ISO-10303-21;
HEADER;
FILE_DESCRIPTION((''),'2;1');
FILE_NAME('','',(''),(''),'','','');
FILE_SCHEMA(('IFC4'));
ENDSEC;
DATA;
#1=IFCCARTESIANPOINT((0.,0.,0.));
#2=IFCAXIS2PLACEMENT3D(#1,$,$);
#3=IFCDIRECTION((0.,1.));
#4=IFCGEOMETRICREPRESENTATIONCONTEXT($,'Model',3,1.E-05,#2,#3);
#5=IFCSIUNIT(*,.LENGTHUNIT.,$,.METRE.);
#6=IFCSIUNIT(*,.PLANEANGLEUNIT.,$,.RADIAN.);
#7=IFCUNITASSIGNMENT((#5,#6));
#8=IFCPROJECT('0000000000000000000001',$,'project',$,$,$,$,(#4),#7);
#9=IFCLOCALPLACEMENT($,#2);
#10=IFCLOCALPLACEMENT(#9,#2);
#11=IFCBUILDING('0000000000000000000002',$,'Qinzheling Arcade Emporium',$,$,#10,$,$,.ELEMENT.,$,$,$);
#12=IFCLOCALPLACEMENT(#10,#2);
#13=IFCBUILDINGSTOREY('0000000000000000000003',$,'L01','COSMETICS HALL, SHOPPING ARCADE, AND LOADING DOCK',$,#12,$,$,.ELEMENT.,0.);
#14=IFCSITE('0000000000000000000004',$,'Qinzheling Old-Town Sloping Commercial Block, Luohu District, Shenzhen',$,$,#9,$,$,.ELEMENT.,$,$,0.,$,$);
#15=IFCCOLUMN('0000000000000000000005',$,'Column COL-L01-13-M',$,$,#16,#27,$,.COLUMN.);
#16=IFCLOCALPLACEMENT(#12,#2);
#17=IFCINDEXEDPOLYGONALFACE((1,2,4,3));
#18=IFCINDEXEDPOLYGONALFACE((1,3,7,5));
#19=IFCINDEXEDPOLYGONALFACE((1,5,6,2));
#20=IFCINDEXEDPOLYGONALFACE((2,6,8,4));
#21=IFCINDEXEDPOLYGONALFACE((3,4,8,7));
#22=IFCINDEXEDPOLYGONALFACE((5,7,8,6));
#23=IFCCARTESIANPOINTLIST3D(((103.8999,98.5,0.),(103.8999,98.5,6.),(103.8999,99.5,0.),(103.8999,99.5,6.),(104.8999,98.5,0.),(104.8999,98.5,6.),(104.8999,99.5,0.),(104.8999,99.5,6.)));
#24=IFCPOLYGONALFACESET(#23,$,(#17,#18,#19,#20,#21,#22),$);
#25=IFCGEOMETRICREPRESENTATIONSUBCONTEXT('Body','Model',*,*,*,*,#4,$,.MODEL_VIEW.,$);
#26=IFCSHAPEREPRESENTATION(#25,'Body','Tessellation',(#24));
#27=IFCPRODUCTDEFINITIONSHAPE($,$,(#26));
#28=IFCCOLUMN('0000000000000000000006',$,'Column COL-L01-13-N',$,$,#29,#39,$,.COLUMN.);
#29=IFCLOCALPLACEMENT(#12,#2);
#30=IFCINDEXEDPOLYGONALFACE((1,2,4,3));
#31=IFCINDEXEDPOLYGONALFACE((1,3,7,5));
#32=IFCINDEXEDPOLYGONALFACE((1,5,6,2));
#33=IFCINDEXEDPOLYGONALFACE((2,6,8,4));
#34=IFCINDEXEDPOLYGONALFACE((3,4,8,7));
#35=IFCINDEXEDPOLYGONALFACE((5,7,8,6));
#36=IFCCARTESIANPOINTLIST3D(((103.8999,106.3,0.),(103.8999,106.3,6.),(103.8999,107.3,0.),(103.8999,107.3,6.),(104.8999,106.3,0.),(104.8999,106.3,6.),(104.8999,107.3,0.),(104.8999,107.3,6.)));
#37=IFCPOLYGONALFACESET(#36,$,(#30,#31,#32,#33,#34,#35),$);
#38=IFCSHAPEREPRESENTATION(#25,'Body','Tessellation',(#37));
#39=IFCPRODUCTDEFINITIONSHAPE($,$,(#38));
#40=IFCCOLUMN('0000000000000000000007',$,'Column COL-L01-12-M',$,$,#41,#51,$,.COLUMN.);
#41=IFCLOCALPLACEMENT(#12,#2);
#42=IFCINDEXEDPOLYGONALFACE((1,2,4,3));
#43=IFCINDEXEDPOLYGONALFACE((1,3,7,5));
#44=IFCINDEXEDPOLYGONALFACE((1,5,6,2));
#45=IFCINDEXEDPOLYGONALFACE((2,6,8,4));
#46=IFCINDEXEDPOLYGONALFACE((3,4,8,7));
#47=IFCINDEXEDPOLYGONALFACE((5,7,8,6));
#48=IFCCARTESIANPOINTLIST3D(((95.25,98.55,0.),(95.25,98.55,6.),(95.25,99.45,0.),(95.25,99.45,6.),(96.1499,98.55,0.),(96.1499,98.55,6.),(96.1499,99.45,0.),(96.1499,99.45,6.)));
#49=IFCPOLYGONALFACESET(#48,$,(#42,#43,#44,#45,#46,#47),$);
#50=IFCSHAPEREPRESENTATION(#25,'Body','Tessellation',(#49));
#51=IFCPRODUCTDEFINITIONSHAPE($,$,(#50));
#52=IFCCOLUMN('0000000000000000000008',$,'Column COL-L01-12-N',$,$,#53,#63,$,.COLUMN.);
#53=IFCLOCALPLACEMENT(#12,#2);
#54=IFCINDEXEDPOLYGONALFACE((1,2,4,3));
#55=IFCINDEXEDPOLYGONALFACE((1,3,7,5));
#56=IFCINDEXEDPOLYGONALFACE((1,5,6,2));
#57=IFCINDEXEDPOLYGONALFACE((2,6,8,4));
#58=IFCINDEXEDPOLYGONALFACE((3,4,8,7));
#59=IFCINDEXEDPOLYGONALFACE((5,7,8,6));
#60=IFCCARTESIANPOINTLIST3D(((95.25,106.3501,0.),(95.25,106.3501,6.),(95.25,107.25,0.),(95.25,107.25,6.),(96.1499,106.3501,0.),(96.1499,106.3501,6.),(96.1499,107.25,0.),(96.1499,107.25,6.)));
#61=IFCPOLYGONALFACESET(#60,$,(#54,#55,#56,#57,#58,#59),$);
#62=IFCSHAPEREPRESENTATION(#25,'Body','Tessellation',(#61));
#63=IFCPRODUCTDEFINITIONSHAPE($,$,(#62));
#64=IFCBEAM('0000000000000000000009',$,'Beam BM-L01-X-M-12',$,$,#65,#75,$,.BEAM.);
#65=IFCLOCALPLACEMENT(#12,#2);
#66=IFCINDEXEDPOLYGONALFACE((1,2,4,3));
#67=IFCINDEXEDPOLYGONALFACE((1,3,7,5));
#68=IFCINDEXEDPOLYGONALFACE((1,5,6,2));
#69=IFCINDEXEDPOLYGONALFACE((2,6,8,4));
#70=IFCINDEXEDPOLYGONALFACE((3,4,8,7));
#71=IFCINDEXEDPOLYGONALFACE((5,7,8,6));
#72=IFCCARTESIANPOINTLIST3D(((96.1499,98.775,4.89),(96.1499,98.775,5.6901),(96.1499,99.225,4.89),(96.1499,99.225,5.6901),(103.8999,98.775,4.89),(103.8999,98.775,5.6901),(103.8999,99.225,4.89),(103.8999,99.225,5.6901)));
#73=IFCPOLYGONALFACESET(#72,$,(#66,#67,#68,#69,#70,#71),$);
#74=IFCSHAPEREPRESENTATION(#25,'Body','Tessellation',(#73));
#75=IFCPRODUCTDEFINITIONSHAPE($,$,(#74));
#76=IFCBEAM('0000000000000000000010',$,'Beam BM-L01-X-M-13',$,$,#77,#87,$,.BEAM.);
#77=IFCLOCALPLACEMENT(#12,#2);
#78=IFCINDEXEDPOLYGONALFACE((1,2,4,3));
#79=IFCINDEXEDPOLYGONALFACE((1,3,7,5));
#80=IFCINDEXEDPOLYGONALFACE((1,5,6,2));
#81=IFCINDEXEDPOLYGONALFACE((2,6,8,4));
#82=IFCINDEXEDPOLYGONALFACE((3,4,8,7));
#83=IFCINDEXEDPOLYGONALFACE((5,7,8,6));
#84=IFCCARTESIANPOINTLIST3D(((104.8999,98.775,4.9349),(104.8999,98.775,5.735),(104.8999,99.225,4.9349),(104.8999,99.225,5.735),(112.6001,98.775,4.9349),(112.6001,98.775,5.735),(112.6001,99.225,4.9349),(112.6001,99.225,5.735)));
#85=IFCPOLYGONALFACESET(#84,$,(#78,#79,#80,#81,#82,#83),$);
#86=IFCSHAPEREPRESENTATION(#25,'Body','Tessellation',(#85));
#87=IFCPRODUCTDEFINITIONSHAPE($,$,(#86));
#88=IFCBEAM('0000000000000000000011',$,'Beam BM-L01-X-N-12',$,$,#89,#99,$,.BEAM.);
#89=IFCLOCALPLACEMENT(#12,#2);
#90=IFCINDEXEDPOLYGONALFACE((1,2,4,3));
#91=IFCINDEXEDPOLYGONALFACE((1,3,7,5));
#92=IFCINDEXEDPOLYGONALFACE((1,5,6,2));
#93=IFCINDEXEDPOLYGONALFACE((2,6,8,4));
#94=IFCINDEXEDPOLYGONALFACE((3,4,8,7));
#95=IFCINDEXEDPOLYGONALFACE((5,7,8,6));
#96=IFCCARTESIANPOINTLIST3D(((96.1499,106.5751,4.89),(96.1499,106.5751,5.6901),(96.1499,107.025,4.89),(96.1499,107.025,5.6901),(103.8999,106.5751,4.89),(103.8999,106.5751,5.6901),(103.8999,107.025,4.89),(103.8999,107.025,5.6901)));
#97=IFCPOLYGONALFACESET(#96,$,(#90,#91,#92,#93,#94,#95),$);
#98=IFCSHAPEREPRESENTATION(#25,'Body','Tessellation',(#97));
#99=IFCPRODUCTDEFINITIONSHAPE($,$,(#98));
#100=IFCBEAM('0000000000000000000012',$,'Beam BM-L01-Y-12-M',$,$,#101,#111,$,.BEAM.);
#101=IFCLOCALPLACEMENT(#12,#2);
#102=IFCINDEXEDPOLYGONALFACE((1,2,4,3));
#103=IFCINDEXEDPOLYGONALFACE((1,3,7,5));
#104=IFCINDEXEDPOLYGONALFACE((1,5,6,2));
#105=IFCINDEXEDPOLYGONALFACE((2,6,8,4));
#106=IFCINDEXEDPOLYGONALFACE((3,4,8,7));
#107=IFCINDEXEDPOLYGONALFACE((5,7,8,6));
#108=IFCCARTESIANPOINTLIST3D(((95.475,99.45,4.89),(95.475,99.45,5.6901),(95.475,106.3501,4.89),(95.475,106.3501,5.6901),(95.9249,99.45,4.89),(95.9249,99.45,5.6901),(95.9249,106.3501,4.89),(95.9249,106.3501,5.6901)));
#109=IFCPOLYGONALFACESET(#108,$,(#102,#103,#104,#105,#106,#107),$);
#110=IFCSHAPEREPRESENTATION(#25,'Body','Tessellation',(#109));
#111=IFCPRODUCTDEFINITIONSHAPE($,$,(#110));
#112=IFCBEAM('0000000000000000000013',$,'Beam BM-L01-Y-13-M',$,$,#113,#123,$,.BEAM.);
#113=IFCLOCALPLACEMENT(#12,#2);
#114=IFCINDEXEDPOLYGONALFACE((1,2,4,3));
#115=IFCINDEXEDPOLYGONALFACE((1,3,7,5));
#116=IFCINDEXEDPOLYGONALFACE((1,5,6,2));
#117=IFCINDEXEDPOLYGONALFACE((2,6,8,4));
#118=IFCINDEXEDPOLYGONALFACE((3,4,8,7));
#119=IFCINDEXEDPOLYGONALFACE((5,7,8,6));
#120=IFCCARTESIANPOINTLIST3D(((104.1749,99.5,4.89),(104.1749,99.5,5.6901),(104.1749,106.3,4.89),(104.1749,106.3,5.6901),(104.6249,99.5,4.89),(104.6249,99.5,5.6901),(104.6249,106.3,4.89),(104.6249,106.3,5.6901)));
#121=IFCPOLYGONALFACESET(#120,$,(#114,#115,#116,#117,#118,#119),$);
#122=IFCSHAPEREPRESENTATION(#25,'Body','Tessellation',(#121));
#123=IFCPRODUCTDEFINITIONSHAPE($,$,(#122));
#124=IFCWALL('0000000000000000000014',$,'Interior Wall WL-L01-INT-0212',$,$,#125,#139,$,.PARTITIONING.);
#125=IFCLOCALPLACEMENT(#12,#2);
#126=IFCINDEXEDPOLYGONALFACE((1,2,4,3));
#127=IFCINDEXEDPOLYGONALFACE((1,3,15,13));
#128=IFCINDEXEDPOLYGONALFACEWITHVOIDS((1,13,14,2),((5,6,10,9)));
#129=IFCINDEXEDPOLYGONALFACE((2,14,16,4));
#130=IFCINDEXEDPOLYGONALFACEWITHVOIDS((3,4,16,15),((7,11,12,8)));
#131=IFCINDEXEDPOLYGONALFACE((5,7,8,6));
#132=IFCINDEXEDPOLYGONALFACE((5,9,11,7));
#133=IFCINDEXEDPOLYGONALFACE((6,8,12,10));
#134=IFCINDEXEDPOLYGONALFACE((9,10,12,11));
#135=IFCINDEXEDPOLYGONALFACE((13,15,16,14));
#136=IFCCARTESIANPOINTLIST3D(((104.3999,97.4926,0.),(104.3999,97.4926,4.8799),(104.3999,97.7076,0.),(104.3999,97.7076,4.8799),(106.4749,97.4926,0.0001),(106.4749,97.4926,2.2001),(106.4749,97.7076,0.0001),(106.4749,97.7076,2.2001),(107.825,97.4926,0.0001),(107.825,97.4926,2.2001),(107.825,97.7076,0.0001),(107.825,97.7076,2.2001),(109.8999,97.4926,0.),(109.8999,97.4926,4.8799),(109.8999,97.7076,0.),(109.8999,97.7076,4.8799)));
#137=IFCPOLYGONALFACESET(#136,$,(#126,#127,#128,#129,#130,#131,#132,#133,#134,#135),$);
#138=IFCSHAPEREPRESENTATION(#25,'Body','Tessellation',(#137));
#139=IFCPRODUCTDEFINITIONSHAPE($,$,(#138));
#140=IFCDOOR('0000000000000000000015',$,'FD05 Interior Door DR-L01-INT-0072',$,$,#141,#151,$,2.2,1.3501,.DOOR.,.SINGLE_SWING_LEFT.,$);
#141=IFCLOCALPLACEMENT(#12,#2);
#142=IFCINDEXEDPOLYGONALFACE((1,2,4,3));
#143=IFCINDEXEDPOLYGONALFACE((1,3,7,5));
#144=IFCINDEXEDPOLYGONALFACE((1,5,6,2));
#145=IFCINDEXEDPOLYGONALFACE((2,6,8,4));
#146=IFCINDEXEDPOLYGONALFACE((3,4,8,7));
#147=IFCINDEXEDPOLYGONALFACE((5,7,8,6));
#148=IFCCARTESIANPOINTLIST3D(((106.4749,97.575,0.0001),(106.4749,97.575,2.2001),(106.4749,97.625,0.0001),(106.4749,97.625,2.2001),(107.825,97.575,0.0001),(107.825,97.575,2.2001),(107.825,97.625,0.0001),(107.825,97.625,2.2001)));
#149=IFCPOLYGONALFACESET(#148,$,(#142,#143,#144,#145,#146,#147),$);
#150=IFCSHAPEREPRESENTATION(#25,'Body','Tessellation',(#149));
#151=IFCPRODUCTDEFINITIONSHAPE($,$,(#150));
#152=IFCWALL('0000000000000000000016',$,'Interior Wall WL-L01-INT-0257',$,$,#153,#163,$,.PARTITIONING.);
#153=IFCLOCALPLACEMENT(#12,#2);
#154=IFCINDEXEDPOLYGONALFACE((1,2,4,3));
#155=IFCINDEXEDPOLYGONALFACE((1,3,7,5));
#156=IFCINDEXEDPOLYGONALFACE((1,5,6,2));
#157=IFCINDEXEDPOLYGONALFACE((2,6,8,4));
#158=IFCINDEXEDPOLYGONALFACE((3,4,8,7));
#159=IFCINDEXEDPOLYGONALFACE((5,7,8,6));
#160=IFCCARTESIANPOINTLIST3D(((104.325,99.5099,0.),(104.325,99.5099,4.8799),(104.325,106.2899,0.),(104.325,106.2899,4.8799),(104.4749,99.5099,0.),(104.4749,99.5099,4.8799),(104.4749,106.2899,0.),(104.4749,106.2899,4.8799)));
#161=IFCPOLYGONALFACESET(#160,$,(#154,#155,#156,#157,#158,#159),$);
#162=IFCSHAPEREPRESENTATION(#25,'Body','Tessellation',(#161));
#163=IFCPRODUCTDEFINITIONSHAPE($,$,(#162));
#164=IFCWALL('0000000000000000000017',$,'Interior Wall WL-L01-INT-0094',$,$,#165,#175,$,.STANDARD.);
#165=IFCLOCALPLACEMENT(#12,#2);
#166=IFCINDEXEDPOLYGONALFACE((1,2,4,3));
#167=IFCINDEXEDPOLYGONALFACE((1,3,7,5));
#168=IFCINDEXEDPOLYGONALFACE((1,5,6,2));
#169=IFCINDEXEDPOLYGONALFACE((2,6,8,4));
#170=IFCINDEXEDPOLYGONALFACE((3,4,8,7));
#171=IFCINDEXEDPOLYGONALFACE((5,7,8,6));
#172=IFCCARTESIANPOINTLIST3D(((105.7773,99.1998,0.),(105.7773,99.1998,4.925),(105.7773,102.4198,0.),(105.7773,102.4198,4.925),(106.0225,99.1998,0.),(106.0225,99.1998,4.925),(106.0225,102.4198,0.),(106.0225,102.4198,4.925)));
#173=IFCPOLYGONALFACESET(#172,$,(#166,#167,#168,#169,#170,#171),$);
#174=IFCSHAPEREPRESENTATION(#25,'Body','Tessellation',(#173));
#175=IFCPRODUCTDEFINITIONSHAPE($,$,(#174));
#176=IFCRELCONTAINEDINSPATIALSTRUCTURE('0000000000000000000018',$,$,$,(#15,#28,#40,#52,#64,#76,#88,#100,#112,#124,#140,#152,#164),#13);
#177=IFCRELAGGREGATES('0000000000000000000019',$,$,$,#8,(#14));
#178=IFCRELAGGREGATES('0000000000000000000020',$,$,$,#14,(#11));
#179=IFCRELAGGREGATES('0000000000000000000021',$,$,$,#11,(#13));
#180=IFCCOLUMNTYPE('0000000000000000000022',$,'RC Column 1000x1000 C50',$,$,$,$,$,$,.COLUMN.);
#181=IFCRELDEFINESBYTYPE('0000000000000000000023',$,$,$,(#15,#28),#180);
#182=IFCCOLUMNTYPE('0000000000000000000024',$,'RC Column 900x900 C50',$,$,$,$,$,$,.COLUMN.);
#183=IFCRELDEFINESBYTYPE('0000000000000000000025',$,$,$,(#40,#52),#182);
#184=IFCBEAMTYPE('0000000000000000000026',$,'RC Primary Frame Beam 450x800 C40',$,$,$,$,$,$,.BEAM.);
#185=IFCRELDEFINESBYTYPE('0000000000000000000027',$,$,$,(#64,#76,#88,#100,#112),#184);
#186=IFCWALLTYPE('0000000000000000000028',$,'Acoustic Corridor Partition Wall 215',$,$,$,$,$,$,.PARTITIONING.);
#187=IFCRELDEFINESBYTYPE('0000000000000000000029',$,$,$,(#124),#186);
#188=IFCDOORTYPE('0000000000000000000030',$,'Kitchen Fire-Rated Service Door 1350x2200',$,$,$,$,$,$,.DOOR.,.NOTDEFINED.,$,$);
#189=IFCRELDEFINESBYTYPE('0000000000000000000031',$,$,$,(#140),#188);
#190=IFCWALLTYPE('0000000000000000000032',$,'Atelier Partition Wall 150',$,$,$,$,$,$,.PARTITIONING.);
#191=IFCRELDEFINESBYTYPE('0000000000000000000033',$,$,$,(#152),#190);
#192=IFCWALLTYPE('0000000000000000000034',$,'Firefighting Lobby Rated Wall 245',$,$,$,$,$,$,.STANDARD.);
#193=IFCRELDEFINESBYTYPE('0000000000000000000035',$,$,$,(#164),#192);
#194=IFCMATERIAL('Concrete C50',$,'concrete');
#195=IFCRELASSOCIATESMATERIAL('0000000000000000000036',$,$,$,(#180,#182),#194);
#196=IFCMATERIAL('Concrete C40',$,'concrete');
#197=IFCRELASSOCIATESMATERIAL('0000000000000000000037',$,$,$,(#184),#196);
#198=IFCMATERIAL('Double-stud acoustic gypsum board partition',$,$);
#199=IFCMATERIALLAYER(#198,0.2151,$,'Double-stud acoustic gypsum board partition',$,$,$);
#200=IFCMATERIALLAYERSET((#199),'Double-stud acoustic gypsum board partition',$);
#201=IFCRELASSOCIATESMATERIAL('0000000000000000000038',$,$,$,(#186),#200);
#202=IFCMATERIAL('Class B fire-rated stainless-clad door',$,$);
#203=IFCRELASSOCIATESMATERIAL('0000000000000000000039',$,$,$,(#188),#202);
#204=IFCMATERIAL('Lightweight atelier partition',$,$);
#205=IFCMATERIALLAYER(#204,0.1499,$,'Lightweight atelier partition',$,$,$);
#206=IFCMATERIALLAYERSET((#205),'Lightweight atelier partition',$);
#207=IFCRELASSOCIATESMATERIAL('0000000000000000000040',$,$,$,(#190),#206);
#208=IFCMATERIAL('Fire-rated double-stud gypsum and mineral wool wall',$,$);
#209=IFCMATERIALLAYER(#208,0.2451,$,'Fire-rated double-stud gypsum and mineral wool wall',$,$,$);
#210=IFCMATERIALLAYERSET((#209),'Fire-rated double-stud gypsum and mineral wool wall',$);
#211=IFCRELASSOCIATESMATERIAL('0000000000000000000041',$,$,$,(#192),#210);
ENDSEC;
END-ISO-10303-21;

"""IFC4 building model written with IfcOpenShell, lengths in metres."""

from ifc_helpers import new_model, si_unit, direction, frame, frame_2d, origin, origin_2d, place, context, subcontext, project, spatial, rectangle, extrude, material, layer, layer_set, material_profile, profile_set, type_object, element, fill, save


model = new_model("IFC4")

# Units and contexts
model_context = context("Model", 3, precision=1e-05, world=origin(), true_north=direction((0.0, 1.0)))
body_context = subcontext(model_context, "Body", "Model", "MODEL_VIEW")
ifc_project = project(units=[si_unit("LENGTHUNIT", "METRE"), si_unit("PLANEANGLEUNIT", "RADIAN")], contexts=[model_context])

# Site, building, storey
site_placement = place(None, origin())
site = spatial("IfcSite", under=ifc_project, at=site_placement, Name="Qinzheling Old-Town Sloping Commercial Block, Luohu District, Shenzhen", CompositionType="ELEMENT", RefElevation=0.0)
building_placement = place(site_placement, origin())
building = spatial("IfcBuilding", under=site, at=building_placement, Name="Qinzheling Arcade Emporium", CompositionType="ELEMENT")
storey_placement = place(building_placement, origin())
storey = spatial("IfcBuildingStorey", under=building, at=storey_placement, Name="L01", Description="COSMETICS HALL, SHOPPING ARCADE, AND LOADING DOCK", CompositionType="ELEMENT", Elevation=0.0)

# Columns
ifc_material_1 = material(Name="Concrete C50", Category="concrete")
ifc_material_profile_1 = material_profile(ifc_material_1, rectangle(XDim=1.0, YDim=1.0, at=origin_2d()), Name="RC 1000x1000", Category="concrete")
ifc_profile_set_1 = profile_set([ifc_material_profile_1], Name="Concrete C50")
column_type_1 = type_object("IfcColumnType", Name="RC Column 1000x1000 C50", PredefinedType="COLUMN", material=ifc_profile_set_1)
for number, where, z_axis, x_axis, name in (
    (1, (104.3999, 99.0, 0.0), (0.0, 0.0, 1.0), (1.0, 0.0, 0.0), "Column COL-L01-13-M"),
    (2, (104.3999, 106.8, 0.0), (0.0, 0.0, 1.0), (1.0, 0.0, 0.0), "Column COL-L01-13-N"),
):
    element("IfcColumn", number, at=place(storey_placement, frame(where, z_axis=z_axis, x_axis=x_axis)), inside=storey, type_object=column_type_1, Name=name, PredefinedType="COLUMN", context=body_context, shape_type="SweptSolid", body=[
        extrude(rectangle(XDim=1.0, YDim=1.0, at=origin_2d()), origin(), (0.0, 0.0, 1.0), 6.0),
    ])
ifc_material_profile_2 = material_profile(ifc_material_1, rectangle(XDim=0.8999, YDim=0.8999, at=origin_2d()), Name="RC 900x900", Category="concrete")
ifc_profile_set_2 = profile_set([ifc_material_profile_2], Name="Concrete C50")
column_type_2 = type_object("IfcColumnType", Name="RC Column 900x900 C50", PredefinedType="COLUMN", material=ifc_profile_set_2)
for number, where, z_axis, x_axis, name in (
    (3, (95.7, 99.0, 0.0), (0.0, 0.0, 1.0), (1.0, 0.0, 0.0), "Column COL-L01-12-M"),
    (4, (95.7, 106.8, 0.0), (0.0, 0.0, 1.0), (1.0, 0.0, 0.0), "Column COL-L01-12-N"),
):
    element("IfcColumn", number, at=place(storey_placement, frame(where, z_axis=z_axis, x_axis=x_axis)), inside=storey, type_object=column_type_2, Name=name, PredefinedType="COLUMN", context=body_context, shape_type="SweptSolid", body=[
        extrude(rectangle(XDim=0.8999, YDim=0.8999, at=origin_2d()), origin(), (0.0, 0.0, 1.0), 6.0),
    ])

# Beams
ifc_material_2 = material(Name="Concrete C40", Category="concrete")
ifc_material_profile_3 = material_profile(ifc_material_2, rectangle(XDim=0.45, YDim=0.8, at=origin_2d()), Name="RC 450x800", Category="concrete")
ifc_profile_set_3 = profile_set([ifc_material_profile_3], Name="Concrete C40")
beam_type = type_object("IfcBeamType", Name="RC Primary Frame Beam 450x800 C40", PredefinedType="BEAM", material=ifc_profile_set_3)
beam_1_placement = place(storey_placement, frame((96.1499, 99.0, 5.29), z_axis=(1.0, 0.0, 0.0), x_axis=(0.0, 1.0, 0.0)))
element("IfcBeam", 5, at=beam_1_placement, inside=storey, type_object=beam_type, Name="Beam BM-L01-X-M-12", PredefinedType="BEAM", context=body_context, shape_type="SweptSolid", body=[
    extrude(rectangle(XDim=0.45, YDim=0.8, at=origin_2d()), origin(), (0.0, 0.0, 1.0), 7.75),
])
beam_2_placement = place(storey_placement, frame((104.8999, 99.0, 5.335), z_axis=(1.0, 0.0, 0.0), x_axis=(0.0, 1.0, 0.0)))
element("IfcBeam", 6, at=beam_2_placement, inside=storey, type_object=beam_type, Name="Beam BM-L01-X-M-13", PredefinedType="BEAM", context=body_context, shape_type="SweptSolid", body=[
    extrude(rectangle(XDim=0.45, YDim=0.8, at=origin_2d()), origin(), (0.0, 0.0, 1.0), 7.7002),
])
beam_3_placement = place(storey_placement, frame((96.1499, 106.8, 5.29), z_axis=(1.0, 0.0, 0.0), x_axis=(0.0, 1.0, 0.0)))
element("IfcBeam", 7, at=beam_3_placement, inside=storey, type_object=beam_type, Name="Beam BM-L01-X-N-12", PredefinedType="BEAM", context=body_context, shape_type="SweptSolid", body=[
    extrude(rectangle(XDim=0.45, YDim=0.8, at=origin_2d()), origin(), (0.0, 0.0, 1.0), 7.75),
])
beam_4_placement = place(storey_placement, frame((95.7, 99.45, 5.29), z_axis=(0.0, 1.0, 0.0), x_axis=(-1.0, 0.0, 0.0)))
element("IfcBeam", 8, at=beam_4_placement, inside=storey, type_object=beam_type, Name="Beam BM-L01-Y-12-M", PredefinedType="BEAM", context=body_context, shape_type="SweptSolid", body=[
    extrude(rectangle(XDim=0.45, YDim=0.8, at=origin_2d()), origin(), (0.0, 0.0, 1.0), 6.9001),
])
beam_5_placement = place(storey_placement, frame((104.3999, 99.5, 5.29), z_axis=(0.0, 1.0, 0.0), x_axis=(-1.0, 0.0, 0.0)))
element("IfcBeam", 9, at=beam_5_placement, inside=storey, type_object=beam_type, Name="Beam BM-L01-Y-13-M", PredefinedType="BEAM", context=body_context, shape_type="SweptSolid", body=[
    extrude(rectangle(XDim=0.45, YDim=0.8, at=origin_2d()), origin(), (0.0, 0.0, 1.0), 6.8),
])

# Wall, opening, door
ifc_material_3 = material(Name="Double-stud acoustic gypsum board partition")
ifc_layer_1 = layer(ifc_material_3, 0.2151, Name="Double-stud acoustic gypsum board partition")
ifc_layer_set_1 = layer_set([ifc_layer_1], Name="Double-stud acoustic gypsum board partition")
wall_type_1 = type_object("IfcWallType", Name="Acoustic Corridor Partition Wall 215", PredefinedType="PARTITIONING", material=ifc_layer_set_1)
wall_1_placement = place(storey_placement, frame((104.3999, 97.6001, 0.0), z_axis=(0.0, 0.0, 1.0), x_axis=(1.0, 0.0, 0.0)))
wall_1 = element("IfcWall", 10, at=wall_1_placement, inside=storey, type_object=wall_type_1, Name="Interior Wall WL-L01-INT-0212", PredefinedType="PARTITIONING", context=body_context, shape_type="SweptSolid", body=[
    extrude(rectangle(XDim=5.5, YDim=0.2151, at=frame_2d((2.75, 0.0))), origin(), (0.0, 0.0, 1.0), 4.8799),
])
opening_1_placement = place(wall_1_placement, frame((2.075, 0.0, 0.0)))
opening_1 = element("IfcOpeningElement", 11, at=opening_1_placement, cuts=wall_1, PredefinedType="OPENING", context=body_context, shape_type="SweptSolid", body=[
    extrude(rectangle(XDim=1.3501, YDim=2.2, at=frame_2d((0.675, 1.1001))), frame((0.0, 0.1177, 0.0), z_axis=(0.0, -1.0, 0.0), x_axis=(1.0, 0.0, 0.0)), (0.0, 0.0, 1.0), 0.2351),
])
ifc_material_4 = material(Name="Class B fire-rated stainless-clad door")
door_type_1 = type_object("IfcDoorType", Name="Kitchen Fire-Rated Service Door 1350x2200", OperationType="NOTDEFINED", PredefinedType="DOOR", material=ifc_material_4)
door_1_placement = place(opening_1_placement, origin())
door_1 = element("IfcDoor", 12, at=door_1_placement, inside=storey, type_object=door_type_1, Name="FD05 Interior Door DR-L01-INT-0072", OperationType="SINGLE_SWING_LEFT", OverallHeight=2.2, OverallWidth=1.3501, PredefinedType="DOOR", context=body_context, shape_type="SweptSolid", body=[
    extrude(rectangle(XDim=1.3501, YDim=2.2, at=frame_2d((0.675, 1.1001))), frame((0.0, 0.0249, 0.0), z_axis=(0.0, -1.0, 0.0), x_axis=(1.0, 0.0, 0.0)), (0.0, 0.0, 1.0), 0.05),
])
fill(opening_1, door_1)

# Walls
ifc_material_5 = material(Name="Lightweight atelier partition")
ifc_layer_2 = layer(ifc_material_5, 0.1499, Name="Lightweight atelier partition")
ifc_layer_set_2 = layer_set([ifc_layer_2], Name="Lightweight atelier partition")
wall_type_2 = type_object("IfcWallType", Name="Atelier Partition Wall 150", PredefinedType="PARTITIONING", material=ifc_layer_set_2)
wall_2_placement = place(storey_placement, frame((104.3999, 106.29, 0.0), z_axis=(0.0, 0.0, 1.0), x_axis=(0.0, -1.0, 0.0)))
element("IfcWall", 13, at=wall_2_placement, inside=storey, type_object=wall_type_2, Name="Interior Wall WL-L01-INT-0257", PredefinedType="PARTITIONING", context=body_context, shape_type="SweptSolid", body=[
    extrude(rectangle(XDim=6.78, YDim=0.1499, at=frame_2d((3.3901, 0.0))), origin(), (0.0, 0.0, 1.0), 4.8799),
])
ifc_material_6 = material(Name="Fire-rated double-stud gypsum and mineral wool wall")
ifc_layer_3 = layer(ifc_material_6, 0.2451, Name="Fire-rated double-stud gypsum and mineral wool wall")
ifc_layer_set_3 = layer_set([ifc_layer_3], Name="Fire-rated double-stud gypsum and mineral wool wall")
wall_type_3 = type_object("IfcWallType", Name="Firefighting Lobby Rated Wall 245", PredefinedType="STANDARD", material=ifc_layer_set_3)
wall_3_placement = place(storey_placement, frame((105.8999, 99.2, 0.0), z_axis=(0.0, 0.0, 1.0), x_axis=(0.0, 1.0, 0.0)))
element("IfcWall", 14, at=wall_3_placement, inside=storey, type_object=wall_type_3, Name="Interior Wall WL-L01-INT-0094", PredefinedType="STANDARD", context=body_context, shape_type="SweptSolid", body=[
    extrude(rectangle(XDim=3.22, YDim=0.2451, at=frame_2d((1.6099, 0.0))), origin(), (0.0, 0.0, 1.0), 4.925),
])

save(model, "model.ifc")
